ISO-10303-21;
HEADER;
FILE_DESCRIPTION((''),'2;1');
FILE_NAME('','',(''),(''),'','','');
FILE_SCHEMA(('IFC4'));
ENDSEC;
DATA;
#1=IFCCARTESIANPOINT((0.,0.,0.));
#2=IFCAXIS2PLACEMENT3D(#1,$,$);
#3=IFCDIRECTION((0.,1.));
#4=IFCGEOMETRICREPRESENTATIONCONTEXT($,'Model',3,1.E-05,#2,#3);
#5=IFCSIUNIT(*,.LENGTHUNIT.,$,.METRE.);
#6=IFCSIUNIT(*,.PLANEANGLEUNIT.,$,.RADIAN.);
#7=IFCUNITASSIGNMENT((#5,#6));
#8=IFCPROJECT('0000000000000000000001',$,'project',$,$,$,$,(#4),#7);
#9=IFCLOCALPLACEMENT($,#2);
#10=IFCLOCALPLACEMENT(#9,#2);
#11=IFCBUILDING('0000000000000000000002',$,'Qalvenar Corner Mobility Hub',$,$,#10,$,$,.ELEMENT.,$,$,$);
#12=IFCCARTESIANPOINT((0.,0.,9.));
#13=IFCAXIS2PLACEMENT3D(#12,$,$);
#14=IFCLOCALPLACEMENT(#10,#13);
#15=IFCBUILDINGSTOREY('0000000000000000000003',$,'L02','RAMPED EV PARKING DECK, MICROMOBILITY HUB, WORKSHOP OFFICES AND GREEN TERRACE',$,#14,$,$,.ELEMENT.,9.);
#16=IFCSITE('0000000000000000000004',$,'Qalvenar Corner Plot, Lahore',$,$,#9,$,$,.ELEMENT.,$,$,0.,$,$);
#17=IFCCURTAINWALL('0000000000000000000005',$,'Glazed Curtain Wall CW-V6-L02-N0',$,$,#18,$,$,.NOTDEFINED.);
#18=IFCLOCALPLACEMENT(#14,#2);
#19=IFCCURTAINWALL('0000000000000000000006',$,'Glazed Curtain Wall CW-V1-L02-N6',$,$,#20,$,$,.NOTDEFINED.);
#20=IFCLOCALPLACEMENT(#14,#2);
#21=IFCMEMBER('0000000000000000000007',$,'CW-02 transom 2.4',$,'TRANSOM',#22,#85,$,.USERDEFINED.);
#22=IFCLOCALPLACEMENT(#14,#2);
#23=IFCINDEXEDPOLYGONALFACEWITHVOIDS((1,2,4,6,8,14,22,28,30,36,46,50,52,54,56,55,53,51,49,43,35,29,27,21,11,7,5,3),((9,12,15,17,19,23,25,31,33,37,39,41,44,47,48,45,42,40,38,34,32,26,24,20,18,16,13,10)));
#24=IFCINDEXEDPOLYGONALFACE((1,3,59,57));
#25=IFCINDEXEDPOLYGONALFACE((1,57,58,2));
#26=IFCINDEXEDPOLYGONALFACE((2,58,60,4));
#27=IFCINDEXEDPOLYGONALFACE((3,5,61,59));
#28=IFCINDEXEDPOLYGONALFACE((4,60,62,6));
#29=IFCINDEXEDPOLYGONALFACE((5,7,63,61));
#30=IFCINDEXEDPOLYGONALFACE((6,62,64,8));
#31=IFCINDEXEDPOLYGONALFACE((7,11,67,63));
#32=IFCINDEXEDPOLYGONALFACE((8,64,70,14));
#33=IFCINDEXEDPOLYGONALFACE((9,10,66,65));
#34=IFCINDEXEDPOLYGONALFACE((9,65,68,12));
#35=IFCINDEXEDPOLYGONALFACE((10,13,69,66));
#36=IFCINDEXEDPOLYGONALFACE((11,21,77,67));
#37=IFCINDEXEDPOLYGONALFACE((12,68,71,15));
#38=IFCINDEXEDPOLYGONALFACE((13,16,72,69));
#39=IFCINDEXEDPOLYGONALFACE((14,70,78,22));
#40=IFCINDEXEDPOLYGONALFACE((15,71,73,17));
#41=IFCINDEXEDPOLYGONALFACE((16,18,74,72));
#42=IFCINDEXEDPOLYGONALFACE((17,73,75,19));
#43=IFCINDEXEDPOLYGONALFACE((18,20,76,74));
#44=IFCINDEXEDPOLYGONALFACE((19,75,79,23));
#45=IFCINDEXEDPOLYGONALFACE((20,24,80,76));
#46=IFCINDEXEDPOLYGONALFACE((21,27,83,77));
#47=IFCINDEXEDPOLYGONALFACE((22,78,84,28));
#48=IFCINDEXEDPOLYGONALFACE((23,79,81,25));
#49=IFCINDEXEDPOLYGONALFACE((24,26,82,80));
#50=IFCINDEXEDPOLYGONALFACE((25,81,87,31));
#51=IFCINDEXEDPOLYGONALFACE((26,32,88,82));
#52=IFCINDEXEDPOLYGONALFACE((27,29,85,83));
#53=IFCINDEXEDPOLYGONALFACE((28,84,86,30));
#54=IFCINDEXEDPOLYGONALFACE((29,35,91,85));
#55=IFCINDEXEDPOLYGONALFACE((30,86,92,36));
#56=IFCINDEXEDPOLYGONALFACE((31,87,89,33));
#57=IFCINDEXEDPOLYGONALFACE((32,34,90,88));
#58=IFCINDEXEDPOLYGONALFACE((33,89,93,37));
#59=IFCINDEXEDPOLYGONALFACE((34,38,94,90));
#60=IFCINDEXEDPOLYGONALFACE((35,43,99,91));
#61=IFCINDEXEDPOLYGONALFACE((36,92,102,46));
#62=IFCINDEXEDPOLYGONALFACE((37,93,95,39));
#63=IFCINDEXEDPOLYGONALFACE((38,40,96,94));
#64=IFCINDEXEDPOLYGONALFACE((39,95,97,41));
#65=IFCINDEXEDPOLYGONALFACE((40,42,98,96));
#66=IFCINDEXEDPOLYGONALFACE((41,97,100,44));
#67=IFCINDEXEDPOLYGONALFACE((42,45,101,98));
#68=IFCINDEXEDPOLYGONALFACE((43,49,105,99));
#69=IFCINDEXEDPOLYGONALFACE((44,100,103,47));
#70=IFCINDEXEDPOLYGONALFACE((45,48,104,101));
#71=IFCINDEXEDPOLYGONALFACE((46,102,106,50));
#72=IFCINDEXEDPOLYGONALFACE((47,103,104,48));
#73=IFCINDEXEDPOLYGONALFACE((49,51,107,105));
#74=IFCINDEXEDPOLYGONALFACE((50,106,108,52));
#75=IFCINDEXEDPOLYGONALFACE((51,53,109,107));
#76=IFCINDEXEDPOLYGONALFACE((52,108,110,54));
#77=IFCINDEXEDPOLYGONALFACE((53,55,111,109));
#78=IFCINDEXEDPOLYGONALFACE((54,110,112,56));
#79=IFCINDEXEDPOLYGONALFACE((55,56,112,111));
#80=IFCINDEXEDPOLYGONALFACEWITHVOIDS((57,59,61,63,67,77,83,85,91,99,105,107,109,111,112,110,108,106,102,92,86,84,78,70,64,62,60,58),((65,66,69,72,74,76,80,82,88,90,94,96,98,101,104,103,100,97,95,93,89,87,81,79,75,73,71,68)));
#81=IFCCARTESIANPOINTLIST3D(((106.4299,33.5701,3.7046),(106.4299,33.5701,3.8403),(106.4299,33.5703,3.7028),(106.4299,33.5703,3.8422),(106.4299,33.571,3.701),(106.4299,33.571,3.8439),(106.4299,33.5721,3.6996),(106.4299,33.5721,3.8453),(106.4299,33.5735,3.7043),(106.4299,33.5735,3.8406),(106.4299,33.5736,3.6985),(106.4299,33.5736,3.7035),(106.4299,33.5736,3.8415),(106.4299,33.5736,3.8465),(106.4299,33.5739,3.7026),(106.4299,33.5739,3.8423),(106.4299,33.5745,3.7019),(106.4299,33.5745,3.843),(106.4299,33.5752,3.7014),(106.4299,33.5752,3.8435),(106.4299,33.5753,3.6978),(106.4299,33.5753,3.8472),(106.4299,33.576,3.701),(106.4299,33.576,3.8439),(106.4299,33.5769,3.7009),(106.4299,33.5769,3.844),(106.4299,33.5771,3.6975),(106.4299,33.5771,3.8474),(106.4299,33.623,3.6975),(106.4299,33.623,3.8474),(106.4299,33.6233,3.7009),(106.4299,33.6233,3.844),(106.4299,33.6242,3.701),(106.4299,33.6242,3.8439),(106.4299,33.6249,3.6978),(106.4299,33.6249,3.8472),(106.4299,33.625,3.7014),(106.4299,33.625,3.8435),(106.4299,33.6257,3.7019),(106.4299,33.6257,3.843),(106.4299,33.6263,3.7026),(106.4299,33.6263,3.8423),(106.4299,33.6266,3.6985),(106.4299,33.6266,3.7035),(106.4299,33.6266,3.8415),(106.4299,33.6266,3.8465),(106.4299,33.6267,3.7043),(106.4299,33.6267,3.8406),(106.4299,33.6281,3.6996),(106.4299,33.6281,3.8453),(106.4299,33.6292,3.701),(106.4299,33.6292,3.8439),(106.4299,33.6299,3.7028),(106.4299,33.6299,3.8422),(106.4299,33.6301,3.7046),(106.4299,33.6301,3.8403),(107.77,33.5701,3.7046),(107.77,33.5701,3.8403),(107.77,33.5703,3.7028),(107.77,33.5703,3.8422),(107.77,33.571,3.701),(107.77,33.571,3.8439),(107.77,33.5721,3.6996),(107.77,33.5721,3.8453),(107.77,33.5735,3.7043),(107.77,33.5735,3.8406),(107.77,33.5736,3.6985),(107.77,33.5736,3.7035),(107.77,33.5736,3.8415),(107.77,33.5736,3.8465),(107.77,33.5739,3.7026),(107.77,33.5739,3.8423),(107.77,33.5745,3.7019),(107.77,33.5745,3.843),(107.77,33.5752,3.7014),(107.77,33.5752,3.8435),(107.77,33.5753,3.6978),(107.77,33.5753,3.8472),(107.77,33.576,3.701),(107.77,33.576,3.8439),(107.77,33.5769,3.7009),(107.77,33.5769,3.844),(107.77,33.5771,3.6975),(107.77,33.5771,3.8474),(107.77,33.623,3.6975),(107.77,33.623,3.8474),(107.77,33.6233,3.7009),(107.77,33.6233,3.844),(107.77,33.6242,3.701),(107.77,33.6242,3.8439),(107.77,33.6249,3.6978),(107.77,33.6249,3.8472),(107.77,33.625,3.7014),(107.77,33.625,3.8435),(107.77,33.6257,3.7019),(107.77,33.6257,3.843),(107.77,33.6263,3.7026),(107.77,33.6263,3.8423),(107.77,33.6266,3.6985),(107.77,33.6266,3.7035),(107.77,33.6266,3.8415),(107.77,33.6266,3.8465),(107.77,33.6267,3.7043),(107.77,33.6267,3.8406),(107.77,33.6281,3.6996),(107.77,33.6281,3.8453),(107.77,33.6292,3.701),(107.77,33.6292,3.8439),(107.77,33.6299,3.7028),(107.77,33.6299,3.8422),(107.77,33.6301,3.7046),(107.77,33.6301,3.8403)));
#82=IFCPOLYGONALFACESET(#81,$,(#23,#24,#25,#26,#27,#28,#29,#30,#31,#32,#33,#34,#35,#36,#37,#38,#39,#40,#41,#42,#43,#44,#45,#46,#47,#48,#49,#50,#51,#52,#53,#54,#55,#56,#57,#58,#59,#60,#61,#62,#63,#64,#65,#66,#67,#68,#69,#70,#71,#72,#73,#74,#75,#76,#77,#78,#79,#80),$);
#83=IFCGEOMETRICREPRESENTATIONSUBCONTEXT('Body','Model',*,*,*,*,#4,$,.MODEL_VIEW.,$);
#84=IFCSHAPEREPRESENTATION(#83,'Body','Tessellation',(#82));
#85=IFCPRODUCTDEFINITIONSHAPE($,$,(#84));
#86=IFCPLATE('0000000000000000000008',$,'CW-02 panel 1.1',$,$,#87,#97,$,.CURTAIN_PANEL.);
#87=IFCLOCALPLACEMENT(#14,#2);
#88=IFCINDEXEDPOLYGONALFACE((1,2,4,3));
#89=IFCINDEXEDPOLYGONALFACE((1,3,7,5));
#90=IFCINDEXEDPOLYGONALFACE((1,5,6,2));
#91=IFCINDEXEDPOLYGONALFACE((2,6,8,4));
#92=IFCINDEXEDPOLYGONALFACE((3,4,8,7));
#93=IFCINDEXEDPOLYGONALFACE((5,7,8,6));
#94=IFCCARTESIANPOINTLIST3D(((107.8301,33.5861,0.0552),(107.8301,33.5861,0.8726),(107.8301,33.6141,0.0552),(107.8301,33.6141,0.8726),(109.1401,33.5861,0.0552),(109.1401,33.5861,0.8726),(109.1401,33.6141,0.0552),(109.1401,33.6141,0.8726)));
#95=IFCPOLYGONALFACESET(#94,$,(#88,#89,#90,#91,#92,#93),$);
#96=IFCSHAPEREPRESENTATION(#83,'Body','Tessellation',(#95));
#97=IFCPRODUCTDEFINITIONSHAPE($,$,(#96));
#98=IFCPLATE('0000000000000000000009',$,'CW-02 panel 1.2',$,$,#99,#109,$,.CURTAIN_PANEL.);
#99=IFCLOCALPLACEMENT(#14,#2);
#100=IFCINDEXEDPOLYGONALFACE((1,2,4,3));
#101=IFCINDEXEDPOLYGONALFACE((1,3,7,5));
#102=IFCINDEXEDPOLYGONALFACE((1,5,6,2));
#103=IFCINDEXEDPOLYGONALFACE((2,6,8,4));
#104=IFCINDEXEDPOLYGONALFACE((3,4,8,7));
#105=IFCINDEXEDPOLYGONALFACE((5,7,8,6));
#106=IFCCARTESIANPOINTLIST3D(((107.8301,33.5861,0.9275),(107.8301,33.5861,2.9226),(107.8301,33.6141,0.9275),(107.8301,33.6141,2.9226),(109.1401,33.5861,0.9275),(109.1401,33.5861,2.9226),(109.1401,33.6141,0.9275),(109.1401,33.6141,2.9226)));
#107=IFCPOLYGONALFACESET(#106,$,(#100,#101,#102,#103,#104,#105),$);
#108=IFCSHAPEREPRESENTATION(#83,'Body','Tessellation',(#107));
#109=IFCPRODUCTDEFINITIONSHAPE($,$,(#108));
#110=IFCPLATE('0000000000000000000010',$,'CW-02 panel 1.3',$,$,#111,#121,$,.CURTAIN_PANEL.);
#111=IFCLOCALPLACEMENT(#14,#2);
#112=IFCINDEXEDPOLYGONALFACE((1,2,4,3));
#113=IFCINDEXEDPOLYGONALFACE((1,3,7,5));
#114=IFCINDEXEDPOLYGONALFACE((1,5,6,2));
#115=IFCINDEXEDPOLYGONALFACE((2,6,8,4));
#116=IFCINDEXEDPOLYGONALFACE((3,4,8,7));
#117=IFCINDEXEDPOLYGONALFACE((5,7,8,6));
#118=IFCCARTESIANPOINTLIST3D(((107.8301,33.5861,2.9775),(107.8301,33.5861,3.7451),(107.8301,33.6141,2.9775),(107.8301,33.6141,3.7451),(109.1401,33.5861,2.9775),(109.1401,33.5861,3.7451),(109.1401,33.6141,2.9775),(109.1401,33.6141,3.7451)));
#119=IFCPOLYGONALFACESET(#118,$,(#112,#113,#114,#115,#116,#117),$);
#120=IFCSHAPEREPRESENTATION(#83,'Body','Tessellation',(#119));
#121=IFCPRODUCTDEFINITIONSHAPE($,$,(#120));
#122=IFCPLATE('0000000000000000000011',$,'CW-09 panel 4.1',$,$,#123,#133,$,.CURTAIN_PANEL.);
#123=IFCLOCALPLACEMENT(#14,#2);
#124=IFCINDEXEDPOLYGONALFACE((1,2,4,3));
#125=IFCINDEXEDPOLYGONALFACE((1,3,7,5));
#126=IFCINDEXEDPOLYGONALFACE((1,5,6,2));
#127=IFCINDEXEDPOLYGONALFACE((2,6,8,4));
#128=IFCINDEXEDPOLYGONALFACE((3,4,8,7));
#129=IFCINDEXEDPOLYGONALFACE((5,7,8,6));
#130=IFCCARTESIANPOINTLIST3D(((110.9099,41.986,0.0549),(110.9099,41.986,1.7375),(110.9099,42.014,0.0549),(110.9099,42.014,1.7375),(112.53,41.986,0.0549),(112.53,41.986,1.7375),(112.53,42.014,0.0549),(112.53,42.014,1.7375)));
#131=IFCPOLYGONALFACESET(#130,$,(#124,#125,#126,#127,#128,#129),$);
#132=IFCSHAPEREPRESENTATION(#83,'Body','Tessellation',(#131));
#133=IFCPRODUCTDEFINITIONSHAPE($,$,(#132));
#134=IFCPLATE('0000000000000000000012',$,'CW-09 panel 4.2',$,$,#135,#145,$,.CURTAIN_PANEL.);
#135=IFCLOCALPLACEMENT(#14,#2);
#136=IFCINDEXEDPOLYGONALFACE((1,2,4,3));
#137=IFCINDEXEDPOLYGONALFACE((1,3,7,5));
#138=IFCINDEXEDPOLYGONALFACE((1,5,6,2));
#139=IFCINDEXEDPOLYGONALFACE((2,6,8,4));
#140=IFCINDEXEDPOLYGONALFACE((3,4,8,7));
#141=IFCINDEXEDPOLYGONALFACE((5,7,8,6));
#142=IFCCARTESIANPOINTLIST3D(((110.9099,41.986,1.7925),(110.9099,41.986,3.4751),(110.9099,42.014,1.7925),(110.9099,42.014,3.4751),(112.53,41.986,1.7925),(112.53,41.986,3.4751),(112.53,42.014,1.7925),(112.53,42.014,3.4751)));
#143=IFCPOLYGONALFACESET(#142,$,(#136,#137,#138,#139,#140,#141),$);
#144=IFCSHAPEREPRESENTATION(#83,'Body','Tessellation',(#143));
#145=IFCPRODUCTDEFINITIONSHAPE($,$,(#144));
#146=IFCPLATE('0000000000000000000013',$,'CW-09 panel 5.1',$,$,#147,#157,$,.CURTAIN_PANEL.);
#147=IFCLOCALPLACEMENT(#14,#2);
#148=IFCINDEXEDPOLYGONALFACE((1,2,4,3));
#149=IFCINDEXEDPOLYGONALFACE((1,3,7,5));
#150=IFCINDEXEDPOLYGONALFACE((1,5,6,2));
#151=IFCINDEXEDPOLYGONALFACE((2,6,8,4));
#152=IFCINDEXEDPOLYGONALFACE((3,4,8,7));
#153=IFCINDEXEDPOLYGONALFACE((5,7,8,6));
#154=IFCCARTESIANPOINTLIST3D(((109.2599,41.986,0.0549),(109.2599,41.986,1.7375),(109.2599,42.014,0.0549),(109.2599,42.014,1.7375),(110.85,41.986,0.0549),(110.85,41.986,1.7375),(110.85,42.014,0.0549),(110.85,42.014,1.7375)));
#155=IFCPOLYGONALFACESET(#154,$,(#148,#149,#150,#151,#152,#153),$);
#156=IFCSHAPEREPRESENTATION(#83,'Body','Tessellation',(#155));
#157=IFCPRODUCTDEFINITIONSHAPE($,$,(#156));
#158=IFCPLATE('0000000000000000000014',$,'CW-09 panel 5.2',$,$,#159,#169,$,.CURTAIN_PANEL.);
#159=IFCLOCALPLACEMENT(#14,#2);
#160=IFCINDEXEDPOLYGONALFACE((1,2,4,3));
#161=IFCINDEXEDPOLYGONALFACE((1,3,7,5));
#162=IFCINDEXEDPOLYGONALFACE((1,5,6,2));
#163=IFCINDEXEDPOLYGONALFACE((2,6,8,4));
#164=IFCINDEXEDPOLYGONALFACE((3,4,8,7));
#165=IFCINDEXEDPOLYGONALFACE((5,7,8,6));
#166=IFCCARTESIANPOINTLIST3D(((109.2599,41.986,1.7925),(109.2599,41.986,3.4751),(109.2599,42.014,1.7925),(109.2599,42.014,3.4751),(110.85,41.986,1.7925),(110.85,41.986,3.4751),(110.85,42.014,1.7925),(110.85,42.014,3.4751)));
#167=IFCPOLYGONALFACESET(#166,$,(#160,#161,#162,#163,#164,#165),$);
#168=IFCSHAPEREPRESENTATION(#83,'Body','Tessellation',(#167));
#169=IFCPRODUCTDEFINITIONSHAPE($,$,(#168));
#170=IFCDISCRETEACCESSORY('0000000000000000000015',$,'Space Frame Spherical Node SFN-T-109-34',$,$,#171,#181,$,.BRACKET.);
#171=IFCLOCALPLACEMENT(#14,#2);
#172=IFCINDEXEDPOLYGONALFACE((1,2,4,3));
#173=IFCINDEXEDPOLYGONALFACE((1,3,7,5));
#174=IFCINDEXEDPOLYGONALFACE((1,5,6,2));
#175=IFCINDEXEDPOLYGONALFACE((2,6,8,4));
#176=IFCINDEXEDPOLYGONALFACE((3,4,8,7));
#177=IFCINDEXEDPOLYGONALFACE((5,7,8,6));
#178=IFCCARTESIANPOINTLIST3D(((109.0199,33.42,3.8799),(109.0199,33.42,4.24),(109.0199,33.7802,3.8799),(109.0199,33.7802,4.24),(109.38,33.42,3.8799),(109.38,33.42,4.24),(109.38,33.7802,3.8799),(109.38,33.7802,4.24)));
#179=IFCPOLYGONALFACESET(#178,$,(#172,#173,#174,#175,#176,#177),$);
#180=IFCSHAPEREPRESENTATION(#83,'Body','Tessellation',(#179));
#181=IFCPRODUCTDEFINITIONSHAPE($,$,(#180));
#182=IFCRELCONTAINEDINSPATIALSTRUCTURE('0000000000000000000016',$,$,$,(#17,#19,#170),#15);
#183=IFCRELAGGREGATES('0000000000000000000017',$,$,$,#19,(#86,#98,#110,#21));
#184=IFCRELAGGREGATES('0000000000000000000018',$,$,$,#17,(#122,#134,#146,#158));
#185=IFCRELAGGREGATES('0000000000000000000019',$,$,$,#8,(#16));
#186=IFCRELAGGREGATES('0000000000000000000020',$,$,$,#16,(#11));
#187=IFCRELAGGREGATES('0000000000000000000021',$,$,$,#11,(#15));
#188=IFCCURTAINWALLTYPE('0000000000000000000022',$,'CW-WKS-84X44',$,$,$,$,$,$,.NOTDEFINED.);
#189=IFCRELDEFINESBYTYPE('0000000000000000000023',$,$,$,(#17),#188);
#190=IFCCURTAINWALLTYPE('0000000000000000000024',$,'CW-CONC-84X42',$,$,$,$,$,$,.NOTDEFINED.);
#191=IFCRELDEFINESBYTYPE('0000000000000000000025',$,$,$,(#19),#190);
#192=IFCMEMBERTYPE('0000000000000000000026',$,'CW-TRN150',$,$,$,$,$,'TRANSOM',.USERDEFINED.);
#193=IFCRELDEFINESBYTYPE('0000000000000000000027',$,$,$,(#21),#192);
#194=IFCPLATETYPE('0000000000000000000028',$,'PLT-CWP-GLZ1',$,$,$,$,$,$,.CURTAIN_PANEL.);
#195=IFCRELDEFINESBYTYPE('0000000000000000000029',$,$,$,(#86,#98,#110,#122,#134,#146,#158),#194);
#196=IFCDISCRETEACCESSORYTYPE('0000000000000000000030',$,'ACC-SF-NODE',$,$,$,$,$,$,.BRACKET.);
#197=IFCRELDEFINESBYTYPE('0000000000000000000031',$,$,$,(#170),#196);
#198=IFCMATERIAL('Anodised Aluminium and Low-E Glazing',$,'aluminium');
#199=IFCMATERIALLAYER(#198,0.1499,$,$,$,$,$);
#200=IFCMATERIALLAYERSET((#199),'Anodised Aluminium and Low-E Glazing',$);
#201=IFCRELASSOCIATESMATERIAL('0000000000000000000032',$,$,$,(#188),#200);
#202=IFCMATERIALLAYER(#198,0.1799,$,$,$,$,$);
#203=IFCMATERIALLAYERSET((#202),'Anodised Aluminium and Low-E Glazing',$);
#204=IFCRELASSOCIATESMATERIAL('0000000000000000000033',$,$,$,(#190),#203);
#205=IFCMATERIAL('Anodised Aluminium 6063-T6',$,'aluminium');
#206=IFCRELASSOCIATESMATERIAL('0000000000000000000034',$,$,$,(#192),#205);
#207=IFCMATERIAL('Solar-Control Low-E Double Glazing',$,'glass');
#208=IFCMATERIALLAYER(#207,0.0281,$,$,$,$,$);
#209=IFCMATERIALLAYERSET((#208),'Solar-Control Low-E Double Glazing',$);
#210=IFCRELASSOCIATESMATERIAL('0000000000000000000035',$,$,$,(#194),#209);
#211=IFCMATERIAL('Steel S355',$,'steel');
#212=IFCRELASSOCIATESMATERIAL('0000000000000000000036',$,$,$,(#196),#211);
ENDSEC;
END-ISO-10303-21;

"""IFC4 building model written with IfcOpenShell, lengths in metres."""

from ifc_helpers import new_model, si_unit, direction, frame, origin, origin_2d, place, context, subcontext, project, spatial, rectangle, hollow_rectangle, extrude, material, layer, layer_set, material_profile, profile_set, type_object, element, aggregate, save


model = new_model("IFC4")

# Units and contexts
model_context = context("Model", 3, precision=1e-05, world=origin(), true_north=direction((0.0, 1.0)))
body_context = subcontext(model_context, "Body", "Model", "MODEL_VIEW")
ifc_project = project(units=[si_unit("LENGTHUNIT", "METRE"), si_unit("PLANEANGLEUNIT", "RADIAN")], contexts=[model_context])

# Site, building, storey
site_placement = place(None, origin())
site = spatial("IfcSite", under=ifc_project, at=site_placement, Name="Qalvenar Corner Plot, Lahore", CompositionType="ELEMENT", RefElevation=0.0)
building_placement = place(site_placement, origin())
building = spatial("IfcBuilding", under=site, at=building_placement, Name="Qalvenar Corner Mobility Hub", CompositionType="ELEMENT")
storey_placement = place(building_placement, frame((0.0, 0.0, 9.0)))
storey = spatial("IfcBuildingStorey", under=building, at=storey_placement, Name="L02", Description="RAMPED EV PARKING DECK, MICROMOBILITY HUB, WORKSHOP OFFICES AND GREEN TERRACE", CompositionType="ELEMENT", Elevation=9.0)

# Shared definitions
ifc_material_1 = material(Name="Steel S355", Category="steel")

# Curtain walls
ifc_material_2 = material(Name="Anodised Aluminium and Low-E Glazing", Category="aluminium")
ifc_layer_1 = layer(ifc_material_2, 0.1499)
ifc_layer_set_1 = layer_set([ifc_layer_1], Name="Anodised Aluminium and Low-E Glazing")
curtain_wall_type_1 = type_object("IfcCurtainWallType", Name="CW-WKS-84X44", PredefinedType="NOTDEFINED", material=ifc_layer_set_1)
curtain_wall_1_placement = place(storey_placement, origin())
curtain_wall_1 = element("IfcCurtainWall", 1, at=curtain_wall_1_placement, inside=storey, type_object=curtain_wall_type_1, Name="Glazed Curtain Wall CW-V6-L02-N0", PredefinedType="NOTDEFINED")
ifc_material_3 = material(Name="Anodised Aluminium 6063-T6", Category="aluminium")
ifc_layer_2 = layer(ifc_material_2, 0.1799)
ifc_layer_set_2 = layer_set([ifc_layer_2], Name="Anodised Aluminium and Low-E Glazing")
curtain_wall_type_2 = type_object("IfcCurtainWallType", Name="CW-CONC-84X42", PredefinedType="NOTDEFINED", material=ifc_layer_set_2)
curtain_wall_2_placement = place(storey_placement, origin())
curtain_wall_2 = element("IfcCurtainWall", 2, at=curtain_wall_2_placement, inside=storey, type_object=curtain_wall_type_2, Name="Glazed Curtain Wall CW-V1-L02-N6", PredefinedType="NOTDEFINED")

# Member
ifc_material_profile_1 = material_profile(ifc_material_3, hollow_rectangle(XDim=0.0601, YDim=0.1499, WallThickness=0.0034, InnerFilletRadius=0.0034, OuterFilletRadius=0.0071, at=origin_2d()), Name="RHS150x60x3.5")
ifc_profile_set_1 = profile_set([ifc_material_profile_1], Name="Anodised Aluminium 6063-T6")
member_type_1 = type_object("IfcMemberType", Name="CW-TRN150", ElementType="TRANSOM", PredefinedType="USERDEFINED", material=ifc_profile_set_1)
member_1_placement = place(storey_placement, frame((107.77, 33.6001, 3.7725), z_axis=(-1.0, 0.0, 0.0), x_axis=(0.0, -1.0, 0.0)))
member_1 = element("IfcMember", 3, at=member_1_placement, type_object=member_type_1, Name="CW-02 transom 2.4", ObjectType="TRANSOM", PredefinedType="USERDEFINED", context=body_context, shape_type="SweptSolid", body=[
    extrude(hollow_rectangle(XDim=0.0601, YDim=0.1499, WallThickness=0.0034, InnerFilletRadius=0.0034, OuterFilletRadius=0.0071, at=origin_2d()), origin(), (0.0, 0.0, 1.0), 1.3401),
])

# Plates
ifc_material_4 = material(Name="Solar-Control Low-E Double Glazing", Category="glass")
ifc_layer_3 = layer(ifc_material_4, 0.0281)
ifc_layer_set_3 = layer_set([ifc_layer_3], Name="Solar-Control Low-E Double Glazing")
plate_type = type_object("IfcPlateType", Name="PLT-CWP-GLZ1", PredefinedType="CURTAIN_PANEL", material=ifc_layer_set_3)
plate_1_placement = place(storey_placement, frame((108.4851, 33.6001, 0.0552), z_axis=(0.0, 0.0, 1.0), x_axis=(-1.0, 0.0, 0.0)))
plate_1 = element("IfcPlate", 4, at=plate_1_placement, type_object=plate_type, Name="CW-02 panel 1.1", PredefinedType="CURTAIN_PANEL", context=body_context, shape_type="SweptSolid", body=[
    extrude(rectangle(XDim=1.3101, YDim=0.0281, at=origin_2d()), origin(), (0.0, 0.0, 1.0), 0.8174),
])
plate_2_placement = place(storey_placement, frame((108.4851, 33.6001, 0.9275), z_axis=(0.0, 0.0, 1.0), x_axis=(-1.0, 0.0, 0.0)))
plate_2 = element("IfcPlate", 5, at=plate_2_placement, type_object=plate_type, Name="CW-02 panel 1.2", PredefinedType="CURTAIN_PANEL", context=body_context, shape_type="SweptSolid", body=[
    extrude(rectangle(XDim=1.3101, YDim=0.0281, at=origin_2d()), origin(), (0.0, 0.0, 1.0), 1.9951),
])
plate_3_placement = place(storey_placement, frame((108.4851, 33.6001, 2.9775), z_axis=(0.0, 0.0, 1.0), x_axis=(-1.0, 0.0, 0.0)))
plate_3 = element("IfcPlate", 6, at=plate_3_placement, type_object=plate_type, Name="CW-02 panel 1.3", PredefinedType="CURTAIN_PANEL", context=body_context, shape_type="SweptSolid", body=[
    extrude(rectangle(XDim=1.3101, YDim=0.0281, at=origin_2d()), origin(), (0.0, 0.0, 1.0), 0.7676),
])
aggregate(curtain_wall_2, [plate_1, plate_2, plate_3, member_1])
plate_4_placement = place(storey_placement, frame((111.72, 42.0, 0.0549), z_axis=(0.0, 0.0, 1.0), x_axis=(-1.0, 0.0, 0.0)))
plate_4 = element("IfcPlate", 7, at=plate_4_placement, type_object=plate_type, Name="CW-09 panel 4.1", PredefinedType="CURTAIN_PANEL", context=body_context, shape_type="SweptSolid", body=[
    extrude(rectangle(XDim=1.6201, YDim=0.0281, at=origin_2d()), origin(), (0.0, 0.0, 1.0), 1.6826),
])
plate_5_placement = place(storey_placement, frame((111.72, 42.0, 1.7925), z_axis=(0.0, 0.0, 1.0), x_axis=(-1.0, 0.0, 0.0)))
plate_5 = element("IfcPlate", 8, at=plate_5_placement, type_object=plate_type, Name="CW-09 panel 4.2", PredefinedType="CURTAIN_PANEL", context=body_context, shape_type="SweptSolid", body=[
    extrude(rectangle(XDim=1.6201, YDim=0.0281, at=origin_2d()), origin(), (0.0, 0.0, 1.0), 1.6826),
])
plate_6_placement = place(storey_placement, frame((110.0549, 42.0, 0.0549), z_axis=(0.0, 0.0, 1.0), x_axis=(-1.0, 0.0, 0.0)))
plate_6 = element("IfcPlate", 9, at=plate_6_placement, type_object=plate_type, Name="CW-09 panel 5.1", PredefinedType="CURTAIN_PANEL", context=body_context, shape_type="SweptSolid", body=[
    extrude(rectangle(XDim=1.5901, YDim=0.0281, at=origin_2d()), origin(), (0.0, 0.0, 1.0), 1.6826),
])
plate_7_placement = place(storey_placement, frame((110.0549, 42.0, 1.7925), z_axis=(0.0, 0.0, 1.0), x_axis=(-1.0, 0.0, 0.0)))
plate_7 = element("IfcPlate", 10, at=plate_7_placement, type_object=plate_type, Name="CW-09 panel 5.2", PredefinedType="CURTAIN_PANEL", context=body_context, shape_type="SweptSolid", body=[
    extrude(rectangle(XDim=1.5901, YDim=0.0281, at=origin_2d()), origin(), (0.0, 0.0, 1.0), 1.6826),
])
aggregate(curtain_wall_1, [plate_4, plate_5, plate_6, plate_7])

# Discrete accessory
discrete_accessory_type = type_object("IfcDiscreteAccessoryType", Name="ACC-SF-NODE", PredefinedType="BRACKET", material=ifc_material_1)
discrete_accessory_placement = place(storey_placement, frame((109.2, 33.6001, 3.8799), z_axis=(0.0, 0.0, 1.0), x_axis=(1.0, 0.0, 0.0)))
element("IfcDiscreteAccessory", 11, at=discrete_accessory_placement, inside=storey, type_object=discrete_accessory_type, Name="Space Frame Spherical Node SFN-T-109-34", PredefinedType="BRACKET", context=body_context, shape_type="SweptSolid", body=[
    extrude(rectangle(XDim=0.3601, YDim=0.3601, at=origin_2d()), origin(), (0.0, 0.0, 1.0), 0.3601),
])

save(model, "model.ifc")
